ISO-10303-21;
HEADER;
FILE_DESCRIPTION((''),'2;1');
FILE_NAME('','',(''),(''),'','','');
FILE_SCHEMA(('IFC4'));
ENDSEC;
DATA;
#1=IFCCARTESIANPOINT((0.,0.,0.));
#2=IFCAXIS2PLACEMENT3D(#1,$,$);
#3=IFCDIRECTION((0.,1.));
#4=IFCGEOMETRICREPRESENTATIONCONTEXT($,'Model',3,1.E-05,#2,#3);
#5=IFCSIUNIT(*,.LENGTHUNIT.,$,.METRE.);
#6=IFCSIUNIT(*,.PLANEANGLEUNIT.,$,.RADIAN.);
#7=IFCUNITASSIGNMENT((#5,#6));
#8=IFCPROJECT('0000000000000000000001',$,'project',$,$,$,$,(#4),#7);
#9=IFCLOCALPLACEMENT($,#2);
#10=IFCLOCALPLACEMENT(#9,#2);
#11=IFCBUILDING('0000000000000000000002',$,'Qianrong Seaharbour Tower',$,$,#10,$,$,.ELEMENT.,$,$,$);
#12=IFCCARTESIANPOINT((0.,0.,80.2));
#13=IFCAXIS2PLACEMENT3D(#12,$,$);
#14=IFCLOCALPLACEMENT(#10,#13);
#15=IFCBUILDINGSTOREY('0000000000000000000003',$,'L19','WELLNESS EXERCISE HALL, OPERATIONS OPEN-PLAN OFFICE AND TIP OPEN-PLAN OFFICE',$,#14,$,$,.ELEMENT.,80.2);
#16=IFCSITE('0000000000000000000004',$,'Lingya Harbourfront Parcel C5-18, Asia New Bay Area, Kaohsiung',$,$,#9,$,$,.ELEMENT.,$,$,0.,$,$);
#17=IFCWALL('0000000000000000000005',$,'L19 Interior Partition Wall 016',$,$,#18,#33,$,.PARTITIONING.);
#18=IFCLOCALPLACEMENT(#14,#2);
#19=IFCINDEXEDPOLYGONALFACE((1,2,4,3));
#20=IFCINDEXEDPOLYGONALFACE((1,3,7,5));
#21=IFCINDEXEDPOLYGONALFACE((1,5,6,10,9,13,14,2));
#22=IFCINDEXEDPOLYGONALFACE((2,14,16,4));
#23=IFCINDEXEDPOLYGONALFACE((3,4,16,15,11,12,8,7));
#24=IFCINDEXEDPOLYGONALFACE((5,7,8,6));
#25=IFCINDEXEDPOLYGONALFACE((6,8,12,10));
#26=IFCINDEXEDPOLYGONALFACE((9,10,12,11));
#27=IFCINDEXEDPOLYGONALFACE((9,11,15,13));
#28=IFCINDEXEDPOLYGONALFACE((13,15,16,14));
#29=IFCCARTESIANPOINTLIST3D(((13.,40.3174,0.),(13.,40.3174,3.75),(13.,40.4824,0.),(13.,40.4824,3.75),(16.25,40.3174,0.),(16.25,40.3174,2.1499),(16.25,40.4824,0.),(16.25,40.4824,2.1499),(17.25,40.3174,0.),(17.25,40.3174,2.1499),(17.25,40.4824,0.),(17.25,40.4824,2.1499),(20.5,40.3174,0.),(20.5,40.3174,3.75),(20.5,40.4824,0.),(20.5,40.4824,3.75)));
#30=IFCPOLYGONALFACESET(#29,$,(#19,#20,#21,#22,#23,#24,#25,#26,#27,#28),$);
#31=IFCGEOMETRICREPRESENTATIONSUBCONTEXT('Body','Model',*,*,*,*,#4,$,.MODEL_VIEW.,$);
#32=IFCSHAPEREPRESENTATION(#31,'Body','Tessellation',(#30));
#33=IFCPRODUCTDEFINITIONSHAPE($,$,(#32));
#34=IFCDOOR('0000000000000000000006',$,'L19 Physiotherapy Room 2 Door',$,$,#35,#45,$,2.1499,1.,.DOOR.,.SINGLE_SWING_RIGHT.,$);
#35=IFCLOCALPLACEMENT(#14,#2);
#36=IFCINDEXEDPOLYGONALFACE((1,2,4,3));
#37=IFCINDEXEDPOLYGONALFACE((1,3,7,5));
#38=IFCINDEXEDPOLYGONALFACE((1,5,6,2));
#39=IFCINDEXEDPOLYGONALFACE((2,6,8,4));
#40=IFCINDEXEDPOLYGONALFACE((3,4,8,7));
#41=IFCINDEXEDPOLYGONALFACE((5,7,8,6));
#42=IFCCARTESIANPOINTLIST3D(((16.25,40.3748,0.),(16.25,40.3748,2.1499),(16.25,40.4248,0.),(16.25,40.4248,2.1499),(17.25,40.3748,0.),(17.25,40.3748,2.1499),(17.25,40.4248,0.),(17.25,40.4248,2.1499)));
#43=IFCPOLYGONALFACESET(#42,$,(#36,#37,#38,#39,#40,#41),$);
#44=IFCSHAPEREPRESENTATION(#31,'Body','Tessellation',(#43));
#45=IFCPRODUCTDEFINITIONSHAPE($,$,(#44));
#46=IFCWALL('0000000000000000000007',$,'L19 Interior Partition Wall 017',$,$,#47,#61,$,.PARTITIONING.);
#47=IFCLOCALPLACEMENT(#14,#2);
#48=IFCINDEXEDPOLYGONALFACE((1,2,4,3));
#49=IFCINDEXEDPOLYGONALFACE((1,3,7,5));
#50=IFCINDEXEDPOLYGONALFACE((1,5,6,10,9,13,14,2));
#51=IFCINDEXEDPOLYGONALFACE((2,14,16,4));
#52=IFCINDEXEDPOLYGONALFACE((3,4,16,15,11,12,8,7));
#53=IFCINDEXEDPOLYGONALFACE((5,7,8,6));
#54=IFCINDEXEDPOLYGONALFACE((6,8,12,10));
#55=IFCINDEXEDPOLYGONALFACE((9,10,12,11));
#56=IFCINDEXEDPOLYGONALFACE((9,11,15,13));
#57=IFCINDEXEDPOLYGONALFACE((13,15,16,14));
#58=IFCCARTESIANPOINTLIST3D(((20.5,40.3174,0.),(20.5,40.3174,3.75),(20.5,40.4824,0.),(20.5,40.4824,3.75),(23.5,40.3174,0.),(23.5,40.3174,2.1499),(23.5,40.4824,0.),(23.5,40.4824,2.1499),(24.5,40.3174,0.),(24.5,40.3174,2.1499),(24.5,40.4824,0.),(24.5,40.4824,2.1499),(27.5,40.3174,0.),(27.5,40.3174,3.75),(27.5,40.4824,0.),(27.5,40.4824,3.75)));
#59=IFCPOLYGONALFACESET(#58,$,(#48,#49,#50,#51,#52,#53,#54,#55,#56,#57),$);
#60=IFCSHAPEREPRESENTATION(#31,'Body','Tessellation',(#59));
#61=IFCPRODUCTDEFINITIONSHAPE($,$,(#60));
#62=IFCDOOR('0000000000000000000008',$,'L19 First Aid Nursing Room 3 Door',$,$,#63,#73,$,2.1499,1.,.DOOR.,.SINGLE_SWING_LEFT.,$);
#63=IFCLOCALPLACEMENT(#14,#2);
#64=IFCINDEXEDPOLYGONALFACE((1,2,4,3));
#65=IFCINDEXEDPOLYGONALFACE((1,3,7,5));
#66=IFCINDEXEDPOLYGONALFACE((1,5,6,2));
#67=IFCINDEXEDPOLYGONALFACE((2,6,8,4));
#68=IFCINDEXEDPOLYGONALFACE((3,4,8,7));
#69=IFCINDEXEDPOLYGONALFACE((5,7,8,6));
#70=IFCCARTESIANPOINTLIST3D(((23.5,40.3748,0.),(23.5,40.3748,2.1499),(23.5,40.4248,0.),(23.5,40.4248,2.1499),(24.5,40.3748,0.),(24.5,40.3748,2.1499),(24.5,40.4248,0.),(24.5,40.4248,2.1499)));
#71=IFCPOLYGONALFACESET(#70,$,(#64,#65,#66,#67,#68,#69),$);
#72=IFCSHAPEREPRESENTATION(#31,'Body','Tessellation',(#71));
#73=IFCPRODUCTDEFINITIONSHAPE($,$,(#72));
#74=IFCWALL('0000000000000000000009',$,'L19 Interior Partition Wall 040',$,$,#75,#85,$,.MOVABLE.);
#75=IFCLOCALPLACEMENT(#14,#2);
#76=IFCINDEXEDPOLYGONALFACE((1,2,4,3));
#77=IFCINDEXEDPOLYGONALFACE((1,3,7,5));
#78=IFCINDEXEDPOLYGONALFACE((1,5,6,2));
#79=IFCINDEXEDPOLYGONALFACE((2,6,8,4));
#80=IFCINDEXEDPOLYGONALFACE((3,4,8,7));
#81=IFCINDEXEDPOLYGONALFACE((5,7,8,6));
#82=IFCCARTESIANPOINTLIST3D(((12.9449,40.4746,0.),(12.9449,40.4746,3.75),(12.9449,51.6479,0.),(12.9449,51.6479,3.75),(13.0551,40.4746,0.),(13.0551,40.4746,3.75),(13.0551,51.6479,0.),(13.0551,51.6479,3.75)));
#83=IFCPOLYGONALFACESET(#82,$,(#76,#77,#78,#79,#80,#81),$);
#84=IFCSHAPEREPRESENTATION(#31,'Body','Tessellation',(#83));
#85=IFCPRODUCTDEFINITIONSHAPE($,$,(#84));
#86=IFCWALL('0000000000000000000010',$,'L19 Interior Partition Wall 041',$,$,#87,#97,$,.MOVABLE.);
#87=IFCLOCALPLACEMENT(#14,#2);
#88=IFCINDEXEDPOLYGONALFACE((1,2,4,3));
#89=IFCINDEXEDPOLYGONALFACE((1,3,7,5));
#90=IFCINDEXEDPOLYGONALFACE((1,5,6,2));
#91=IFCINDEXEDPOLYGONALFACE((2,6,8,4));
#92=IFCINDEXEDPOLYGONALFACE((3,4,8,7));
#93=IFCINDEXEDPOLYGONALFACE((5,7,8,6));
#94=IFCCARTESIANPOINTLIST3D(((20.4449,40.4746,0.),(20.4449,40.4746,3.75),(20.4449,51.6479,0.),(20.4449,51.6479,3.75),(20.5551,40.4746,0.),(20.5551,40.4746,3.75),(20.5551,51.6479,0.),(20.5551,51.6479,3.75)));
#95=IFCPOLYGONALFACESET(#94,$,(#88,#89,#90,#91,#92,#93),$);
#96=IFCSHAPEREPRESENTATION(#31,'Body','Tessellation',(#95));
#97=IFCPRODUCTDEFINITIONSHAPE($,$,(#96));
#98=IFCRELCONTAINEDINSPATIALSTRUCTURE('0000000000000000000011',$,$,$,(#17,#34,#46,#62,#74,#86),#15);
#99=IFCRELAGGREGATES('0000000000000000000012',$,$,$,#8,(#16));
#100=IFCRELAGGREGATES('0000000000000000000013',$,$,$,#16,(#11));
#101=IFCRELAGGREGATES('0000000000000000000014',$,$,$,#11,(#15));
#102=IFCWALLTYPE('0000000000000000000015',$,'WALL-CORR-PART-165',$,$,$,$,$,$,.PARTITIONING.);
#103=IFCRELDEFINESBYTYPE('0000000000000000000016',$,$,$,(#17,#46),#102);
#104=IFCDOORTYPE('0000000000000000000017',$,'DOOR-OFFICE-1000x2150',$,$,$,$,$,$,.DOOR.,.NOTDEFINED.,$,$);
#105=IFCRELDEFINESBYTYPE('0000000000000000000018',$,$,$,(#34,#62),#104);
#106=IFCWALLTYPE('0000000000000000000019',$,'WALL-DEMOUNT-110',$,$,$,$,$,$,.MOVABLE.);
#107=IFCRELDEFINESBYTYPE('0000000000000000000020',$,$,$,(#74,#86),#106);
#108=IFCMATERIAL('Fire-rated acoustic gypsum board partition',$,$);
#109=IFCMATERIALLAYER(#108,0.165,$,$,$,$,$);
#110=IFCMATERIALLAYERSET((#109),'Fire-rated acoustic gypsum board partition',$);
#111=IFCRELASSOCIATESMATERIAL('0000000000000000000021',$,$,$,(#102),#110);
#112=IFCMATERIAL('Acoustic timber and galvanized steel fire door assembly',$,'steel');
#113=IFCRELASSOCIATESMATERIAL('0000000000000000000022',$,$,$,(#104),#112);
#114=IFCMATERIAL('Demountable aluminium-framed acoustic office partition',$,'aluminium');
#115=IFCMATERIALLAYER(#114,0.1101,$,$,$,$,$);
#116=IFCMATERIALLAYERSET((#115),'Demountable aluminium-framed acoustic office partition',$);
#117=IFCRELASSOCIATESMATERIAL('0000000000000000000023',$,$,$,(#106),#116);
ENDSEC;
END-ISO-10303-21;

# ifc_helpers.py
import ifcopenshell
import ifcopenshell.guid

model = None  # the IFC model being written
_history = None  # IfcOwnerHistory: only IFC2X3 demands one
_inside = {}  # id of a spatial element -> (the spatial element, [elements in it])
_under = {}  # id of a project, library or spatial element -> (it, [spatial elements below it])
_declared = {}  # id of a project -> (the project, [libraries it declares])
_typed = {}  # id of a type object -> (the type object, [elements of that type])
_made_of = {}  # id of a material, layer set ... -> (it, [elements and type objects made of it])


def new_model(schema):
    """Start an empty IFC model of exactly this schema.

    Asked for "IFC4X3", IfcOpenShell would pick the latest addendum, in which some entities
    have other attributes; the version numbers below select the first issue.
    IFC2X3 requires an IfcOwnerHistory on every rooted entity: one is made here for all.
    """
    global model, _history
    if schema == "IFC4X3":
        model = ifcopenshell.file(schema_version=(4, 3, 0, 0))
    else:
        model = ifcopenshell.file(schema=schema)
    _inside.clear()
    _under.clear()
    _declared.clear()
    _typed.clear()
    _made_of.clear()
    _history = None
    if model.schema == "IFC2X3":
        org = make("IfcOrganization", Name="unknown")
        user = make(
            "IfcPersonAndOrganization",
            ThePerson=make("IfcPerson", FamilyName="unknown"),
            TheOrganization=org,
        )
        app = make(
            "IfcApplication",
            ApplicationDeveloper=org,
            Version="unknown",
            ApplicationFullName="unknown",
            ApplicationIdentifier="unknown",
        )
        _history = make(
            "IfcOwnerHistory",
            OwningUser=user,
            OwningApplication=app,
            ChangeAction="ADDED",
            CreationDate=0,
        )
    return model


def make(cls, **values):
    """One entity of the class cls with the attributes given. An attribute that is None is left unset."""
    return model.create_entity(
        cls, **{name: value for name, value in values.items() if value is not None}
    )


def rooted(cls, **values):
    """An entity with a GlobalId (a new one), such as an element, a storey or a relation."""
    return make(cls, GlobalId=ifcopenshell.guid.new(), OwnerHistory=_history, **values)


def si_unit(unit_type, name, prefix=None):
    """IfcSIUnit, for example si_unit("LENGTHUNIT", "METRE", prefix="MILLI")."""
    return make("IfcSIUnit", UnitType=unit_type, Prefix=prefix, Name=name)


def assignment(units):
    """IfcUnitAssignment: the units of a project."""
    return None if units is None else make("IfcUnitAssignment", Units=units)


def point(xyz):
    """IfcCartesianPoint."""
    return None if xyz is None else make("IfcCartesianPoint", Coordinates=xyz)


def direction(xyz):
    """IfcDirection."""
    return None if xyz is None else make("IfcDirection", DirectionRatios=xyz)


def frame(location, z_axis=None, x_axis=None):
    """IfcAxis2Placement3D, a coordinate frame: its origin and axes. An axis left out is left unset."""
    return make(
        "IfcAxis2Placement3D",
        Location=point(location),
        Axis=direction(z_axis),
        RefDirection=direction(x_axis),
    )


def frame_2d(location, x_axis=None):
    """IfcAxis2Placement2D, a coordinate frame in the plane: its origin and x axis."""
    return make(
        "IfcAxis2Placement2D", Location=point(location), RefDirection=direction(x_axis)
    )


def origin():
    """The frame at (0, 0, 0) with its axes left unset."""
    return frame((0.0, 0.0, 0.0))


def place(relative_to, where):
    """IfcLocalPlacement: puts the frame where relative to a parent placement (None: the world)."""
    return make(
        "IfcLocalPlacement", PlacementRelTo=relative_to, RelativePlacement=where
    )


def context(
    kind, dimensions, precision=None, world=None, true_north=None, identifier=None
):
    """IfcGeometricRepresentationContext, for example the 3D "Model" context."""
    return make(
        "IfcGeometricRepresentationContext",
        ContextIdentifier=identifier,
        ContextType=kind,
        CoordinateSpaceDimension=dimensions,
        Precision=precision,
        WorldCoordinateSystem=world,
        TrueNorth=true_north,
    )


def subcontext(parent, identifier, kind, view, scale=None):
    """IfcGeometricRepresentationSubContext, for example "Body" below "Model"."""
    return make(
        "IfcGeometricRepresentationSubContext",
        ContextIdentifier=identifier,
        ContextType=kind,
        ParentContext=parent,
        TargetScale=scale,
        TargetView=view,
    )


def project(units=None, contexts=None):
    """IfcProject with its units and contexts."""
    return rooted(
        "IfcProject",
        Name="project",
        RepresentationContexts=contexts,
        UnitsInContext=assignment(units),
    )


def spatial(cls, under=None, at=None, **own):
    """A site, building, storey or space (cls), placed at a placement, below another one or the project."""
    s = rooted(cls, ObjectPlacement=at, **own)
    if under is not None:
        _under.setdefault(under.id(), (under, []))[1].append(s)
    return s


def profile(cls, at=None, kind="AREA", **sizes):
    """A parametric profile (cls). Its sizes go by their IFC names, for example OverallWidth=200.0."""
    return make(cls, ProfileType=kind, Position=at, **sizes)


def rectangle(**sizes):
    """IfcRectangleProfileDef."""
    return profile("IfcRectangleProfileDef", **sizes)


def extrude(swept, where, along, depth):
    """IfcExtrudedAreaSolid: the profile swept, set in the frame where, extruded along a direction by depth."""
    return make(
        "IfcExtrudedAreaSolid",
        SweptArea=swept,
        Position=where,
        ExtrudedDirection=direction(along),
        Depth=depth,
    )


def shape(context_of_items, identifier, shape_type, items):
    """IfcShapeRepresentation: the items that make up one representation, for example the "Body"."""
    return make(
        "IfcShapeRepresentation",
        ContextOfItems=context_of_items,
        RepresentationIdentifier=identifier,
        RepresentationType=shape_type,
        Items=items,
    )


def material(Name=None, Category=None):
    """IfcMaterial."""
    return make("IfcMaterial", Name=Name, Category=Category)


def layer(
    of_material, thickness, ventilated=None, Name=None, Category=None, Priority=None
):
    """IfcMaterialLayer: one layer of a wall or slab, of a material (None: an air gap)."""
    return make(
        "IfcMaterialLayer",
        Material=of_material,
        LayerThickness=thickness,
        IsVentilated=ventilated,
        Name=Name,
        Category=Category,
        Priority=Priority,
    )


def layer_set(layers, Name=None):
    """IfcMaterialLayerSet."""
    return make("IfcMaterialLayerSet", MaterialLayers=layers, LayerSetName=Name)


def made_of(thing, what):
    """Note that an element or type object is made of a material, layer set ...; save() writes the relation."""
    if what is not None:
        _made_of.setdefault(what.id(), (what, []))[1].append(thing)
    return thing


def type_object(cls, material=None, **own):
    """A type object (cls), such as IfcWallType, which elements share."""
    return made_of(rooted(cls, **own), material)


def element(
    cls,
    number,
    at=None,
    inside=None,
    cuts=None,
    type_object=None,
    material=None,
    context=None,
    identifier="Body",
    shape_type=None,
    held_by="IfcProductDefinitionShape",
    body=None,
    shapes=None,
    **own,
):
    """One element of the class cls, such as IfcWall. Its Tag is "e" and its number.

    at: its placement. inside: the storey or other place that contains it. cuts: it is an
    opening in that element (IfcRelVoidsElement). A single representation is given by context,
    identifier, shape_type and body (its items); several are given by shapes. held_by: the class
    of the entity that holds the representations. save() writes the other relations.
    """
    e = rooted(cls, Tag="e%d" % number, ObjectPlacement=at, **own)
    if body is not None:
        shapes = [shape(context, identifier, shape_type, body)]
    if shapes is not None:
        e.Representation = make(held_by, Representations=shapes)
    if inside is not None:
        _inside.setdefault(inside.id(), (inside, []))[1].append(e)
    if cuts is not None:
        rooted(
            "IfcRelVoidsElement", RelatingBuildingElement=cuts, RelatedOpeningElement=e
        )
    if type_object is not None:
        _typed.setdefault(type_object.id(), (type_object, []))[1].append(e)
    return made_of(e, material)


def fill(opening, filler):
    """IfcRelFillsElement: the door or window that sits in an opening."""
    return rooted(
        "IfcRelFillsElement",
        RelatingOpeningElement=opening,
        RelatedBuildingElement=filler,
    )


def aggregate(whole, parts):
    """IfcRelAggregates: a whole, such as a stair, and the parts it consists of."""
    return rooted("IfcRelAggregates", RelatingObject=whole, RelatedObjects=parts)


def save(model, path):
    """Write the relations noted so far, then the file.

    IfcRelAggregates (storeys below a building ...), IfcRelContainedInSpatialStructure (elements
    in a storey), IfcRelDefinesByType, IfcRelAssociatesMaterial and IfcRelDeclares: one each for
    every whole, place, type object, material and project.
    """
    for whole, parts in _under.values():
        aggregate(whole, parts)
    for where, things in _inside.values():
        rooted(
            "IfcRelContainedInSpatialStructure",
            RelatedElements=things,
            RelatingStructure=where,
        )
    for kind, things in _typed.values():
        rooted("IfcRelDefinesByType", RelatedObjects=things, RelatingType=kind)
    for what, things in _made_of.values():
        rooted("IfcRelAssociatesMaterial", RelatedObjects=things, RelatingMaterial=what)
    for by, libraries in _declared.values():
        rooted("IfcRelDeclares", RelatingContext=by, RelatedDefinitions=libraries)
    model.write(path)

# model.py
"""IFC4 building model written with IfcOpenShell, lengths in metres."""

from ifc_helpers import new_model, si_unit, direction, frame, frame_2d, origin, place, context, subcontext, project, spatial, rectangle, extrude, material, layer, layer_set, type_object, element, fill, save


model = new_model("IFC4")

# Units and contexts
model_context = context("Model", 3, precision=1e-05, world=origin(), true_north=direction((0.0, 1.0)))
body_context = subcontext(model_context, "Body", "Model", "MODEL_VIEW")
ifc_project = project(units=[si_unit("LENGTHUNIT", "METRE"), si_unit("PLANEANGLEUNIT", "RADIAN")], contexts=[model_context])

# Site, building, storey
site_placement = place(None, origin())
site = spatial("IfcSite", under=ifc_project, at=site_placement, Name="Lingya Harbourfront Parcel C5-18, Asia New Bay Area, Kaohsiung", CompositionType="ELEMENT", RefElevation=0.0)
building_placement = place(site_placement, origin())
building = spatial("IfcBuilding", under=site, at=building_placement, Name="Qianrong Seaharbour Tower", CompositionType="ELEMENT")
storey_placement = place(building_placement, frame((0.0, 0.0, 80.2)))
storey = spatial("IfcBuildingStorey", under=building, at=storey_placement, Name="L19", Description="WELLNESS EXERCISE HALL, OPERATIONS OPEN-PLAN OFFICE AND TIP OPEN-PLAN OFFICE", CompositionType="ELEMENT", Elevation=80.2)

# Walls, openings, doors
ifc_material_1 = material(Name="Fire-rated acoustic gypsum board partition")
ifc_layer_1 = layer(ifc_material_1, 0.165)
ifc_layer_set_1 = layer_set([ifc_layer_1], Name="Fire-rated acoustic gypsum board partition")
wall_type_1 = type_object("IfcWallType", Name="WALL-CORR-PART-165", PredefinedType="PARTITIONING", material=ifc_layer_set_1)
wall_1_placement = place(storey_placement, frame((13.0, 40.3999, 0.0), z_axis=(0.0, 0.0, 1.0), x_axis=(1.0, 0.0, 0.0)))
wall_1 = element("IfcWall", 1, at=wall_1_placement, inside=storey, type_object=wall_type_1, Name="L19 Interior Partition Wall 016", PredefinedType="PARTITIONING", context=body_context, shape_type="SweptSolid", body=[
    extrude(rectangle(XDim=7.5, YDim=0.165, at=frame_2d((3.75, 0.0))), origin(), (0.0, 0.0, 1.0), 3.75),
])
opening_1_placement = place(wall_1_placement, frame((3.25, 0.0, 0.0)))
opening_1 = element("IfcOpeningElement", 2, at=opening_1_placement, cuts=wall_1, PredefinedType="OPENING", context=body_context, shape_type="SweptSolid", body=[
    extrude(rectangle(XDim=1.0, YDim=2.1499, at=frame_2d((0.5, 1.075))), frame((0.0, 0.0925, 0.0), z_axis=(0.0, -1.0, 0.0), x_axis=(1.0, 0.0, 0.0)), (0.0, 0.0, 1.0), 0.1851),
])
ifc_material_2 = material(Name="Acoustic timber and galvanized steel fire door assembly", Category="steel")
door_type = type_object("IfcDoorType", Name="DOOR-OFFICE-1000x2150", OperationType="NOTDEFINED", PredefinedType="DOOR", material=ifc_material_2)
door_1_placement = place(opening_1_placement, origin())
door_1 = element("IfcDoor", 3, at=door_1_placement, inside=storey, type_object=door_type, Name="L19 Physiotherapy Room 2 Door", OperationType="SINGLE_SWING_RIGHT", OverallHeight=2.1499, OverallWidth=1.0, PredefinedType="DOOR", context=body_context, shape_type="SweptSolid", body=[
    extrude(rectangle(XDim=1.0, YDim=2.1499, at=frame_2d((0.5, 1.075))), frame((0.0, 0.0249, 0.0), z_axis=(0.0, -1.0, 0.0), x_axis=(1.0, 0.0, 0.0)), (0.0, 0.0, 1.0), 0.05),
])
fill(opening_1, door_1)
wall_2_placement = place(storey_placement, frame((20.5, 40.3999, 0.0), z_axis=(0.0, 0.0, 1.0), x_axis=(1.0, 0.0, 0.0)))
wall_2 = element("IfcWall", 4, at=wall_2_placement, inside=storey, type_object=wall_type_1, Name="L19 Interior Partition Wall 017", PredefinedType="PARTITIONING", context=body_context, shape_type="SweptSolid", body=[
    extrude(rectangle(XDim=7.0, YDim=0.165, at=frame_2d((3.5, 0.0))), origin(), (0.0, 0.0, 1.0), 3.75),
])
opening_2_placement = place(wall_2_placement, frame((3.0, 0.0, 0.0)))
opening_2 = element("IfcOpeningElement", 5, at=opening_2_placement, cuts=wall_2, PredefinedType="OPENING", context=body_context, shape_type="SweptSolid", body=[
    extrude(rectangle(XDim=1.0, YDim=2.1499, at=frame_2d((0.5, 1.075))), frame((0.0, 0.0925, 0.0), z_axis=(0.0, -1.0, 0.0), x_axis=(1.0, 0.0, 0.0)), (0.0, 0.0, 1.0), 0.1851),
])
door_2_placement = place(opening_2_placement, origin())
door_2 = element("IfcDoor", 6, at=door_2_placement, inside=storey, type_object=door_type, Name="L19 First Aid Nursing Room 3 Door", OperationType="SINGLE_SWING_LEFT", OverallHeight=2.1499, OverallWidth=1.0, PredefinedType="DOOR", context=body_context, shape_type="SweptSolid", body=[
    extrude(rectangle(XDim=1.0, YDim=2.1499, at=frame_2d((0.5, 1.075))), frame((0.0, 0.0249, 0.0), z_axis=(0.0, -1.0, 0.0), x_axis=(1.0, 0.0, 0.0)), (0.0, 0.0, 1.0), 0.05),
])
fill(opening_2, door_2)

# Walls
ifc_material_3 = material(Name="Demountable aluminium-framed acoustic office partition", Category="aluminium")
ifc_layer_2 = layer(ifc_material_3, 0.1101)
ifc_layer_set_2 = layer_set([ifc_layer_2], Name="Demountable aluminium-framed acoustic office partition")
wall_type_2 = type_object("IfcWallType", Name="WALL-DEMOUNT-110", PredefinedType="MOVABLE", material=ifc_layer_set_2)
for number, where, z_axis, x_axis, name in (
    (7, (13.0, 51.6479, 0.0), (0.0, 0.0, 1.0), (0.0, -1.0, 0.0), "L19 Interior Partition Wall 040"),
    (8, (20.5, 51.6479, 0.0), (0.0, 0.0, 1.0), (0.0, -1.0, 0.0), "L19 Interior Partition Wall 041"),
):
    element("IfcWall", number, at=place(storey_placement, frame(where, z_axis=z_axis, x_axis=x_axis)), inside=storey, type_object=wall_type_2, Name=name, PredefinedType="MOVABLE", context=body_context, shape_type="SweptSolid", body=[
        extrude(rectangle(XDim=11.1733, YDim=0.1101, at=frame_2d((5.5867, 0.0))), origin(), (0.0, 0.0, 1.0), 3.75),
    ])

save(model, "model.ifc")
